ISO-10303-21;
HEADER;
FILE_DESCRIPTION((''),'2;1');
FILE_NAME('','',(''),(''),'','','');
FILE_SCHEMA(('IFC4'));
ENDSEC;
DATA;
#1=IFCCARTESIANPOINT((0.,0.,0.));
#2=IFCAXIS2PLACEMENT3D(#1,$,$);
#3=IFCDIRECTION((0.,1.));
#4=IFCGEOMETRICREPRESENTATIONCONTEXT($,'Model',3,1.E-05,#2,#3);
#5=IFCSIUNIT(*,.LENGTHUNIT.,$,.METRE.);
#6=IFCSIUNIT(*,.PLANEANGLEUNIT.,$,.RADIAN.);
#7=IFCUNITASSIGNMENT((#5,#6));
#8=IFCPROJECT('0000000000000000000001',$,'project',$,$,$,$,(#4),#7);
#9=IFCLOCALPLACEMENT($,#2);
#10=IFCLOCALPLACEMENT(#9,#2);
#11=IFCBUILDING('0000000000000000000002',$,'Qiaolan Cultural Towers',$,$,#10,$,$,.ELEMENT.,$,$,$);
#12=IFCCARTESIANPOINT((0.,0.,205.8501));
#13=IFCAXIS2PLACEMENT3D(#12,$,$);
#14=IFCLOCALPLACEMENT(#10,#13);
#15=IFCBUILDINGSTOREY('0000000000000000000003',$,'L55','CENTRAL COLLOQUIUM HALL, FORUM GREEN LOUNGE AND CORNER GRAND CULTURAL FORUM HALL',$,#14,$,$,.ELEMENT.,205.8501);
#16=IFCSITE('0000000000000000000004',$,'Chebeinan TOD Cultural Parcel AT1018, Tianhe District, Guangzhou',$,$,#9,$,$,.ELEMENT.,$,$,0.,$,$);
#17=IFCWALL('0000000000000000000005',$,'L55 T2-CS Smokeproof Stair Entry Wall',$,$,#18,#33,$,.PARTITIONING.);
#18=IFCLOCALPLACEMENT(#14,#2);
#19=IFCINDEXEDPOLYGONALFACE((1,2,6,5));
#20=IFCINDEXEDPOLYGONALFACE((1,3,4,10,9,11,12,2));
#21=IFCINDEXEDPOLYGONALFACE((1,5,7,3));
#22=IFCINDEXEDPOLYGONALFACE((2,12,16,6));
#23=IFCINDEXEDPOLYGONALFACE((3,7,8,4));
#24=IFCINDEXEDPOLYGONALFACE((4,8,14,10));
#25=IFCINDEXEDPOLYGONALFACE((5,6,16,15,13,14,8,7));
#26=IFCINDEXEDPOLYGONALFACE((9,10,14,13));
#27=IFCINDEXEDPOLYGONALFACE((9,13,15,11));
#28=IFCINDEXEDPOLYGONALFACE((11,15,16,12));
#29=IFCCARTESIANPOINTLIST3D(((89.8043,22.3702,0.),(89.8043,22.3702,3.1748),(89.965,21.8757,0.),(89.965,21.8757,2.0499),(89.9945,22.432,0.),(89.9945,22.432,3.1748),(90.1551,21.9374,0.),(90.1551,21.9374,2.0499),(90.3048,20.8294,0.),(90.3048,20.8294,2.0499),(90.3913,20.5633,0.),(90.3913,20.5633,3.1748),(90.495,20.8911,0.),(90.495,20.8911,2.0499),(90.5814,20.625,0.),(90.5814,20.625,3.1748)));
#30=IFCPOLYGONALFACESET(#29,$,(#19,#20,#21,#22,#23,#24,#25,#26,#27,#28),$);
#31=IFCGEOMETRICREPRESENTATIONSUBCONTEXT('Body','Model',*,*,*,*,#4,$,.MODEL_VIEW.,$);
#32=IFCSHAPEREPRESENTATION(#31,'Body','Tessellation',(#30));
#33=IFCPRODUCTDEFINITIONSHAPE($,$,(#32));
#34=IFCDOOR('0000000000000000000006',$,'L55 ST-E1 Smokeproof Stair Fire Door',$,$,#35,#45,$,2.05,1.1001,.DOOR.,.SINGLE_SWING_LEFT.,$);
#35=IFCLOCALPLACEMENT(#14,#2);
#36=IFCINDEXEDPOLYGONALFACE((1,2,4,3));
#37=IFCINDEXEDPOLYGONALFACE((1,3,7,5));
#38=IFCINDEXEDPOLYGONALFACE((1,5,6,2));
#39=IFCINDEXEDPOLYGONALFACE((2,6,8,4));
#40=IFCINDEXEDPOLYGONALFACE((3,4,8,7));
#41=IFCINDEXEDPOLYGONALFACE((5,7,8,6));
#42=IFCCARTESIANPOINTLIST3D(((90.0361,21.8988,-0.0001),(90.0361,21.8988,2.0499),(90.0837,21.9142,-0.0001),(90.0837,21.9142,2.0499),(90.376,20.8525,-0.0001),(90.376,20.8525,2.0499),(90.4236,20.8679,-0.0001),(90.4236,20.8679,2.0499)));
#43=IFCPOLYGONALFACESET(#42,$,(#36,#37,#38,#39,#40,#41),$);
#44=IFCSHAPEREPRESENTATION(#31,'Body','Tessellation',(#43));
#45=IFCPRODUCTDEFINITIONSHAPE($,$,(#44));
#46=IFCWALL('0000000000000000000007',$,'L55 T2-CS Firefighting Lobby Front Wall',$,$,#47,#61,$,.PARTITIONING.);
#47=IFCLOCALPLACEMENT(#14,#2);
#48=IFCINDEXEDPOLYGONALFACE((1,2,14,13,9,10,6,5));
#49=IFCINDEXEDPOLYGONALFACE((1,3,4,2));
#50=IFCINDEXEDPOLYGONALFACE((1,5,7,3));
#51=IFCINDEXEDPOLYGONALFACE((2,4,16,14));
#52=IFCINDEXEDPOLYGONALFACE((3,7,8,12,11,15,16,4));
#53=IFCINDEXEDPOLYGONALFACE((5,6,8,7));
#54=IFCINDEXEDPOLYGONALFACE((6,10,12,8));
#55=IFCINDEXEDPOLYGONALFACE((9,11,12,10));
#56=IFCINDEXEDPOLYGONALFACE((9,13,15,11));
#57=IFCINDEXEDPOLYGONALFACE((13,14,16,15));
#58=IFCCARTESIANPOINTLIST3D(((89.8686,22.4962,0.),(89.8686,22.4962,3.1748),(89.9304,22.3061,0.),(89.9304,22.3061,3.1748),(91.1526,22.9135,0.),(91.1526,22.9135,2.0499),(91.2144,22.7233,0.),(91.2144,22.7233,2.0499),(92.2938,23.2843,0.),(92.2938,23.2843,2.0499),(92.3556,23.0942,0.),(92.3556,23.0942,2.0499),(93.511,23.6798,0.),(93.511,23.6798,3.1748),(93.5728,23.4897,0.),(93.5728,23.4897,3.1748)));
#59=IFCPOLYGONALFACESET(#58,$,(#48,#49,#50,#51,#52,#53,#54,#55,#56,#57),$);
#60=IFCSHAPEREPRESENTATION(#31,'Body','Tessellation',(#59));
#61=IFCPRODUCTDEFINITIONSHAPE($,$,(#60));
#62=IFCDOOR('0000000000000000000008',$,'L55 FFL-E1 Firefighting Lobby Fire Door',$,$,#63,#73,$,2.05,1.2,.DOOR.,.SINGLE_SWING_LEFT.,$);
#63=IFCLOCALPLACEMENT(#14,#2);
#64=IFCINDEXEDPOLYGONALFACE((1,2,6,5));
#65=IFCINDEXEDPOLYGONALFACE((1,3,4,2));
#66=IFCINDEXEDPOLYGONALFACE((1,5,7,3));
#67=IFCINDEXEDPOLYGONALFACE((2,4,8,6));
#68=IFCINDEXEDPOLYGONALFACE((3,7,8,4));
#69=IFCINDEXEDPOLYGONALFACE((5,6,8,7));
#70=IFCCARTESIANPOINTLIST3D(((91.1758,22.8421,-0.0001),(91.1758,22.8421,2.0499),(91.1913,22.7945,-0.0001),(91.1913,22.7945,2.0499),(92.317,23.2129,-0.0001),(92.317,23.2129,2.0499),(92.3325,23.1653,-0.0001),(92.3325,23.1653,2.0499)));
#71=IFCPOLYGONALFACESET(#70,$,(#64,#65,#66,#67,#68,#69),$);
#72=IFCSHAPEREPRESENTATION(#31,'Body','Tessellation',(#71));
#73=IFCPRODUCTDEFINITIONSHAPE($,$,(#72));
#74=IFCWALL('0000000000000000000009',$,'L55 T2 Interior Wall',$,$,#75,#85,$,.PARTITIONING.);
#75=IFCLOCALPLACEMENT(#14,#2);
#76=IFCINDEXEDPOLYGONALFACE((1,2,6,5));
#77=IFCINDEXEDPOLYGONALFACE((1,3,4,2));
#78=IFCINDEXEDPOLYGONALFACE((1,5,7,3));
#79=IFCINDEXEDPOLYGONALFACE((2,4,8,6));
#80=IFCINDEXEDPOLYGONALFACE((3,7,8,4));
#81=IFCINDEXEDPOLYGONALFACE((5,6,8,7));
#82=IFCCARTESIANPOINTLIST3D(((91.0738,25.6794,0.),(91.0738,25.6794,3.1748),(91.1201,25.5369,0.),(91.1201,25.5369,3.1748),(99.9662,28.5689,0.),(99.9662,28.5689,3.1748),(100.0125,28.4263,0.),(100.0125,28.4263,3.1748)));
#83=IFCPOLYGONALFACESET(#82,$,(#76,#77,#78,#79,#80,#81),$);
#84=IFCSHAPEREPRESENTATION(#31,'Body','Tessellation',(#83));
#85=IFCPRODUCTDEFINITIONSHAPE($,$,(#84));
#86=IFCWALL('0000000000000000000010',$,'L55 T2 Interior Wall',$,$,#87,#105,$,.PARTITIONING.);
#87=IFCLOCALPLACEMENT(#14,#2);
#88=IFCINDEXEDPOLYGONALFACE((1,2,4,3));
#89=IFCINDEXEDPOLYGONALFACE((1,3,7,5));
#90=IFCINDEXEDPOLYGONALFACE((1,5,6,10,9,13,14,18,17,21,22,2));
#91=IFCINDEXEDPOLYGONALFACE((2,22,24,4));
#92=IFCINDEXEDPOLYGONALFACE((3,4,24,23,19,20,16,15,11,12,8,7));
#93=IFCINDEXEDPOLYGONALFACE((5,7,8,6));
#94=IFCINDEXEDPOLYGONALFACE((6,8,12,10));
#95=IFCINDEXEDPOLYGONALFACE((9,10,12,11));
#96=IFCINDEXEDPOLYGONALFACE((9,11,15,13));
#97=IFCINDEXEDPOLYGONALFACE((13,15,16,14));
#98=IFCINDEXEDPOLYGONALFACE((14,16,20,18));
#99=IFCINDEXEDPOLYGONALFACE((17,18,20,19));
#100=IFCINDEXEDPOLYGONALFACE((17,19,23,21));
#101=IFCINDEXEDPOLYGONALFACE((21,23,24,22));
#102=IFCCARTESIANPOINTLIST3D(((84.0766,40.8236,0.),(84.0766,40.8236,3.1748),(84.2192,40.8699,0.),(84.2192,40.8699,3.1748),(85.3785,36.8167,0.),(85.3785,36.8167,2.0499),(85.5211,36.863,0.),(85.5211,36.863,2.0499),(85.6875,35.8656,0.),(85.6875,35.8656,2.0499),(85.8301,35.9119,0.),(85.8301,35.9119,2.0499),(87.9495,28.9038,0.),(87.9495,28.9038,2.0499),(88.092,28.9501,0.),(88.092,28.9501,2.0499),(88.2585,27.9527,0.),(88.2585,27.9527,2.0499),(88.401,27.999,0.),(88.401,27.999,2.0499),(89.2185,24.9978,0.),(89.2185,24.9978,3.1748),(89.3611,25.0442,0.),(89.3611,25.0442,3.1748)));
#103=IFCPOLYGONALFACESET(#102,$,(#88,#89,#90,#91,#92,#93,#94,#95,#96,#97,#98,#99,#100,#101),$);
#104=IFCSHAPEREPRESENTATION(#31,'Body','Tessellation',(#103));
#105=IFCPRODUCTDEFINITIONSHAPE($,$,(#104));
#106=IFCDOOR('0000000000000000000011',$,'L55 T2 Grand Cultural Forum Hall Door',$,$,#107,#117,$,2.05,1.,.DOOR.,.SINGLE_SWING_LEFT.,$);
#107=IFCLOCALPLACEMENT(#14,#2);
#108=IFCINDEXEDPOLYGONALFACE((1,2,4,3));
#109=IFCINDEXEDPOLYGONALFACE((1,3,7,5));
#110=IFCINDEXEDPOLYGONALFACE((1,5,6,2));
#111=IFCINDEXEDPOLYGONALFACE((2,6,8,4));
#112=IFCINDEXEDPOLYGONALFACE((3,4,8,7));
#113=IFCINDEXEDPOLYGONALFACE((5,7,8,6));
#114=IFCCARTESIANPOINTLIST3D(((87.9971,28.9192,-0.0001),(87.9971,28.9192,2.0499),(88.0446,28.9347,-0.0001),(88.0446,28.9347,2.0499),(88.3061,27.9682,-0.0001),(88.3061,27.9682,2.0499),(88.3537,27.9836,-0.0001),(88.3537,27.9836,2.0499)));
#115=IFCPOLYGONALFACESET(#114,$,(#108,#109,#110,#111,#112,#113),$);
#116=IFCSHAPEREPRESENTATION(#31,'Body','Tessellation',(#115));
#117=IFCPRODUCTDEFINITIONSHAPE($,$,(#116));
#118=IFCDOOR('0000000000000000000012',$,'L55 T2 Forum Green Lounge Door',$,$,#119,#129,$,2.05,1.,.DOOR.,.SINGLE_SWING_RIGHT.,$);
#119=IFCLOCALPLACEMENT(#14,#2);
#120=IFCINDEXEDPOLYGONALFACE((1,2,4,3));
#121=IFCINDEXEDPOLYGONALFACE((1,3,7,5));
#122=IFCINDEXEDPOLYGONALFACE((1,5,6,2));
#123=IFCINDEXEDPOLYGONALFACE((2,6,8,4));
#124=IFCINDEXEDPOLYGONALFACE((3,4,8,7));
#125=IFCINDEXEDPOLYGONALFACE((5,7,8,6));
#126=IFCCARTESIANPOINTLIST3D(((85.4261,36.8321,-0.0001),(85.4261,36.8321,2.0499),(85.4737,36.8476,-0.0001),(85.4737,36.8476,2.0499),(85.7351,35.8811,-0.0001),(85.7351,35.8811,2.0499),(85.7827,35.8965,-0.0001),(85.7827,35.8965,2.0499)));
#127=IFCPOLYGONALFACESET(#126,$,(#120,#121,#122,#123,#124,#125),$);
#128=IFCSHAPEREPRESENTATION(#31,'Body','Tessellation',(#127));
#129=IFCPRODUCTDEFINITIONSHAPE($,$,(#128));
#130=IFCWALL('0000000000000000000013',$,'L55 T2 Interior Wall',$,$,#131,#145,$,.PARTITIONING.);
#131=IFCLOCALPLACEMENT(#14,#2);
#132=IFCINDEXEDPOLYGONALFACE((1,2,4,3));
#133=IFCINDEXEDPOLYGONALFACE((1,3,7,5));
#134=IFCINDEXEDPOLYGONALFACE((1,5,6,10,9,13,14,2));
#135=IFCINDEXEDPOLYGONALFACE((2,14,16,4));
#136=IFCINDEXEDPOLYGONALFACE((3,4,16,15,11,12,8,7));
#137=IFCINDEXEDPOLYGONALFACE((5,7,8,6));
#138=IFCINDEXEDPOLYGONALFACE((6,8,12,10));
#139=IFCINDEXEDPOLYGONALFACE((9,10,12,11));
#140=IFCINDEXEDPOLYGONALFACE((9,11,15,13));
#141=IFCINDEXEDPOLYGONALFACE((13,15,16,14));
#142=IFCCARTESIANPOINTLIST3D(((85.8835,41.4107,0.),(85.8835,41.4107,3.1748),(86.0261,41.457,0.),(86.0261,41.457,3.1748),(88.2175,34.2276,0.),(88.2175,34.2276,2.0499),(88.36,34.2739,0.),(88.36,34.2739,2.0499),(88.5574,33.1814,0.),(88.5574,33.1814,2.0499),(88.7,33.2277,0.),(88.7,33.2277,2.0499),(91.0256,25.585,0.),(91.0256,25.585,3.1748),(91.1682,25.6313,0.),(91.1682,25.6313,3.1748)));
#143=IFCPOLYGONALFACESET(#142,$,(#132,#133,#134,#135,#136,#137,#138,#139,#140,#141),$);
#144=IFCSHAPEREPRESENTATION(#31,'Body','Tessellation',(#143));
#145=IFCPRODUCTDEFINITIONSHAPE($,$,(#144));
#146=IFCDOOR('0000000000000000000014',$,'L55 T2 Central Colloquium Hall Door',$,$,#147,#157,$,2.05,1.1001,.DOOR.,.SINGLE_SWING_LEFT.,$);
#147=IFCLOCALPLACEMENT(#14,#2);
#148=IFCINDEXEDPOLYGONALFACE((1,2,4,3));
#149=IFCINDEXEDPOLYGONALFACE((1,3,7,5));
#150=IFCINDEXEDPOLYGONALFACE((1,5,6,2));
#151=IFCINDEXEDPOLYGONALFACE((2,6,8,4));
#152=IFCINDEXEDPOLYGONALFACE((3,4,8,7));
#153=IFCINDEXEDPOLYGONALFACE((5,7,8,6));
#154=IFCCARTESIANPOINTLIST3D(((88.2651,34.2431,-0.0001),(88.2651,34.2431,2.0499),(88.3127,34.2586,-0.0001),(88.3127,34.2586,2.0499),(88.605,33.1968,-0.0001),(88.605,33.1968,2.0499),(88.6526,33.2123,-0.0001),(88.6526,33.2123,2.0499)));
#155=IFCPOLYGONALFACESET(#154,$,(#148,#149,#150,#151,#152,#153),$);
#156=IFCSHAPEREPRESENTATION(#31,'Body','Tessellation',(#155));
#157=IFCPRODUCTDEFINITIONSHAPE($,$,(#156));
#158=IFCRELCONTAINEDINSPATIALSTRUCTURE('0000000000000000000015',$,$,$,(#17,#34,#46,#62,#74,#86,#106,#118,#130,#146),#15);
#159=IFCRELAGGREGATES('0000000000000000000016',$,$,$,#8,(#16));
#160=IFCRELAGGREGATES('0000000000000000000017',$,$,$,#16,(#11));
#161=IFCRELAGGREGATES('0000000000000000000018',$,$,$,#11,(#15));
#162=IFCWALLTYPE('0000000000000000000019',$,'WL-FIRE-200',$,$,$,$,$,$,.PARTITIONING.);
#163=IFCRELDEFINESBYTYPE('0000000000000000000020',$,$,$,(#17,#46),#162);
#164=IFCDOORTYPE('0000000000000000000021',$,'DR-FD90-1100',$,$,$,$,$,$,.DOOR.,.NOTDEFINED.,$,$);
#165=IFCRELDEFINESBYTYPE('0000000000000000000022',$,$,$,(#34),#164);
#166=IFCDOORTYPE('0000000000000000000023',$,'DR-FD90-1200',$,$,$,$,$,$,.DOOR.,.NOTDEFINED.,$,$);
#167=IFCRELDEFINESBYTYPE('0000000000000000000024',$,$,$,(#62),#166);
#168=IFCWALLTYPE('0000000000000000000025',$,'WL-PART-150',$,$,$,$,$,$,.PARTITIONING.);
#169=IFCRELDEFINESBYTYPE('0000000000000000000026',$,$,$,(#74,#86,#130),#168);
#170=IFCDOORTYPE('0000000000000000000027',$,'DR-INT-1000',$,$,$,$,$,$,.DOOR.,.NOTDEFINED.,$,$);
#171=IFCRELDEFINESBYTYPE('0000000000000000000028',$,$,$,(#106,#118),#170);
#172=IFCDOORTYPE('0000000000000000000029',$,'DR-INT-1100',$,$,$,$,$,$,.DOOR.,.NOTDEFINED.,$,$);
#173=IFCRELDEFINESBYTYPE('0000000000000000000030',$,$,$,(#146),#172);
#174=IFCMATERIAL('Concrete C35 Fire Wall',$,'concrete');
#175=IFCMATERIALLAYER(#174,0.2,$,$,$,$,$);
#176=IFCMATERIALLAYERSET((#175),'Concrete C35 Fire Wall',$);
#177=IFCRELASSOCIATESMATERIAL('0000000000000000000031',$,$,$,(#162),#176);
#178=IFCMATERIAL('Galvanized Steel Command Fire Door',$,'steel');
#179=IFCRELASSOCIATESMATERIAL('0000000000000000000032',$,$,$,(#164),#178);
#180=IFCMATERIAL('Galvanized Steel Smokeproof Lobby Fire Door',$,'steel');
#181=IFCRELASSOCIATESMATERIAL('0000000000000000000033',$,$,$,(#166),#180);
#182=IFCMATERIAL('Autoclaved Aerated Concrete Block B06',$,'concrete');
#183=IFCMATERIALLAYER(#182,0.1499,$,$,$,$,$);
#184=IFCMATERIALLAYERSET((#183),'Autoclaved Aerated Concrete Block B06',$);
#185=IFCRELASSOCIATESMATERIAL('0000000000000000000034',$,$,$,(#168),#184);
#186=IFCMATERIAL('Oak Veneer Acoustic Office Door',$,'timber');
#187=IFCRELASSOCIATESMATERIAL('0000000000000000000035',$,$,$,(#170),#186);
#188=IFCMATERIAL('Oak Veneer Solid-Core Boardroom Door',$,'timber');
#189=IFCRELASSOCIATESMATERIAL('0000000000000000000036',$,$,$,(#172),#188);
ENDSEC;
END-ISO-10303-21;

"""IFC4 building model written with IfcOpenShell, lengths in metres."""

from ifc_helpers import new_model, si_unit, direction, frame, frame_2d, origin, place, context, subcontext, project, spatial, rectangle, extrude, material, layer, layer_set, type_object, element, fill, save


model = new_model("IFC4")

# Units and contexts
model_context = context("Model", 3, precision=1e-05, world=origin(), true_north=direction((0.0, 1.0)))
body_context = subcontext(model_context, "Body", "Model", "MODEL_VIEW")
ifc_project = project(units=[si_unit("LENGTHUNIT", "METRE"), si_unit("PLANEANGLEUNIT", "RADIAN")], contexts=[model_context])

# Site, building, storey
site_placement = place(None, origin())
site = spatial("IfcSite", under=ifc_project, at=site_placement, Name="Chebeinan TOD Cultural Parcel AT1018, Tianhe District, Guangzhou", CompositionType="ELEMENT", RefElevation=0.0)
building_placement = place(site_placement, origin())
building = spatial("IfcBuilding", under=site, at=building_placement, Name="Qiaolan Cultural Towers", CompositionType="ELEMENT")
storey_placement = place(building_placement, frame((0.0, 0.0, 205.8501)))
storey = spatial("IfcBuildingStorey", under=building, at=storey_placement, Name="L55", Description="CENTRAL COLLOQUIUM HALL, FORUM GREEN LOUNGE AND CORNER GRAND CULTURAL FORUM HALL", CompositionType="ELEMENT", Elevation=205.8501)

# Walls, openings, doors
ifc_material_1 = material(Name="Concrete C35 Fire Wall", Category="concrete")
ifc_layer_1 = layer(ifc_material_1, 0.2)
ifc_layer_set_1 = layer_set([ifc_layer_1], Name="Concrete C35 Fire Wall")
wall_type_1 = type_object("IfcWallType", Name="WL-FIRE-200", PredefinedType="PARTITIONING", material=ifc_layer_set_1)
wall_1_placement = place(storey_placement, frame((89.8994, 22.4011, 0.0), z_axis=(0.0, 0.0, 1.0), x_axis=(0.308932, -0.951084, 0.0)))
wall_1 = element("IfcWall", 1, at=wall_1_placement, inside=storey, type_object=wall_type_1, Name="L55 T2-CS Smokeproof Stair Entry Wall", PredefinedType="PARTITIONING", context=body_context, shape_type="SweptSolid", body=[
    extrude(rectangle(XDim=1.8999, YDim=0.2, at=frame_2d((0.95, 0.0))), origin(), (0.0, 0.0, 1.0), 3.1748),
])
opening_1_placement = place(wall_1_placement, frame((0.52, 0.0, 0.0)))
opening_1 = element("IfcOpeningElement", 2, at=opening_1_placement, cuts=wall_1, PredefinedType="OPENING", context=body_context, shape_type="SweptSolid", body=[
    extrude(rectangle(XDim=1.1001, YDim=2.05, at=frame_2d((0.55, 1.0249))), frame((0.0, 0.1099, 0.0), z_axis=(0.0, -1.0, 0.0), x_axis=(1.0, 0.0, 0.0)), (0.0, 0.0, 1.0), 0.22),
])
ifc_material_2 = material(Name="Galvanized Steel Command Fire Door", Category="steel")
door_type_1 = type_object("IfcDoorType", Name="DR-FD90-1100", OperationType="NOTDEFINED", PredefinedType="DOOR", material=ifc_material_2)
door_1_placement = place(opening_1_placement, origin())
door_1 = element("IfcDoor", 3, at=door_1_placement, inside=storey, type_object=door_type_1, Name="L55 ST-E1 Smokeproof Stair Fire Door", OperationType="SINGLE_SWING_LEFT", OverallHeight=2.05, OverallWidth=1.1001, PredefinedType="DOOR", context=body_context, shape_type="SweptSolid", body=[
    extrude(rectangle(XDim=1.1001, YDim=2.05, at=frame_2d((0.55, 1.0249))), frame((0.0, 0.0249, 0.0), z_axis=(0.0, -1.0, 0.0), x_axis=(1.0, 0.0, 0.0)), (0.0, 0.0, 1.0), 0.05),
])
fill(opening_1, door_1)
wall_2_placement = place(storey_placement, frame((89.8994, 22.4011, 0.0), z_axis=(0.0, 0.0, 1.0), x_axis=(0.951047, 0.309047, 0.0)))
wall_2 = element("IfcWall", 4, at=wall_2_placement, inside=storey, type_object=wall_type_1, Name="L55 T2-CS Firefighting Lobby Front Wall", PredefinedType="PARTITIONING", context=body_context, shape_type="SweptSolid", body=[
    extrude(rectangle(XDim=3.8298, YDim=0.2, at=frame_2d((1.915, 0.0))), origin(), (0.0, 0.0, 1.0), 3.1748),
])
opening_2_placement = place(wall_2_placement, frame((1.3501, 0.0, 0.0)))
opening_2 = element("IfcOpeningElement", 5, at=opening_2_placement, cuts=wall_2, PredefinedType="OPENING", context=body_context, shape_type="SweptSolid", body=[
    extrude(rectangle(XDim=1.2, YDim=2.05, at=frame_2d((0.6001, 1.0249))), frame((0.0, 0.1099, 0.0), z_axis=(0.0, -1.0, 0.0), x_axis=(1.0, 0.0, 0.0)), (0.0, 0.0, 1.0), 0.22),
])
ifc_material_3 = material(Name="Galvanized Steel Smokeproof Lobby Fire Door", Category="steel")
door_type_2 = type_object("IfcDoorType", Name="DR-FD90-1200", OperationType="NOTDEFINED", PredefinedType="DOOR", material=ifc_material_3)
door_2_placement = place(opening_2_placement, origin())
door_2 = element("IfcDoor", 6, at=door_2_placement, inside=storey, type_object=door_type_2, Name="L55 FFL-E1 Firefighting Lobby Fire Door", OperationType="SINGLE_SWING_LEFT", OverallHeight=2.05, OverallWidth=1.2, PredefinedType="DOOR", context=body_context, shape_type="SweptSolid", body=[
    extrude(rectangle(XDim=1.2, YDim=2.05, at=frame_2d((0.6001, 1.0249))), frame((0.0, 0.0249, 0.0), z_axis=(0.0, -1.0, 0.0), x_axis=(1.0, 0.0, 0.0)), (0.0, 0.0, 1.0), 0.05),
])
fill(opening_2, door_2)

# Wall
ifc_material_4 = material(Name="Autoclaved Aerated Concrete Block B06", Category="concrete")
ifc_layer_2 = layer(ifc_material_4, 0.1499)
ifc_layer_set_2 = layer_set([ifc_layer_2], Name="Autoclaved Aerated Concrete Block B06")
wall_type_2 = type_object("IfcWallType", Name="WL-PART-150", PredefinedType="PARTITIONING", material=ifc_layer_set_2)
wall_3_placement = place(storey_placement, frame((91.0969, 25.6082, 0.0), z_axis=(0.0, 0.0, 1.0), x_axis=(0.951053, 0.309028, 0.0)))
element("IfcWall", 7, at=wall_3_placement, inside=storey, type_object=wall_type_2, Name="L55 T2 Interior Wall", PredefinedType="PARTITIONING", context=body_context, shape_type="SweptSolid", body=[
    extrude(rectangle(XDim=9.3501, YDim=0.1499, at=frame_2d((4.675, 0.0))), origin(), (0.0, 0.0, 1.0), 3.1748),
])

# Wall, openings, doors
wall_4_placement = place(storey_placement, frame((89.2898, 25.021, 0.0), z_axis=(0.0, 0.0, 1.0), x_axis=(-0.309004, 0.951061, 0.0)))
wall_4 = element("IfcWall", 8, at=wall_4_placement, inside=storey, type_object=wall_type_2, Name="L55 T2 Interior Wall", PredefinedType="PARTITIONING", context=body_context, shape_type="SweptSolid", body=[
    extrude(rectangle(XDim=16.6401, YDim=0.1499, at=frame_2d((8.3201, 0.0))), origin(), (0.0, 0.0, 1.0), 3.1748),
])
opening_3_placement = place(wall_4_placement, frame((3.1069, 0.0, 0.0)))
opening_3 = element("IfcOpeningElement", 9, at=opening_3_placement, cuts=wall_4, PredefinedType="OPENING", context=body_context, shape_type="SweptSolid", body=[
    extrude(rectangle(XDim=1.0, YDim=2.05, at=frame_2d((0.5, 1.0249))), frame((0.0, 0.085, 0.0), z_axis=(0.0, -1.0, 0.0), x_axis=(1.0, 0.0, 0.0)), (0.0, 0.0, 1.0), 0.1699),
])
opening_4_placement = place(wall_4_placement, frame((11.427, 0.0, 0.0)))
opening_4 = element("IfcOpeningElement", 10, at=opening_4_placement, cuts=wall_4, PredefinedType="OPENING", context=body_context, shape_type="SweptSolid", body=[
    extrude(rectangle(XDim=1.0, YDim=2.05, at=frame_2d((0.5, 1.0249))), frame((0.0, 0.085, 0.0), z_axis=(0.0, -1.0, 0.0), x_axis=(1.0, 0.0, 0.0)), (0.0, 0.0, 1.0), 0.1699),
])
ifc_material_5 = material(Name="Oak Veneer Acoustic Office Door", Category="timber")
door_type_3 = type_object("IfcDoorType", Name="DR-INT-1000", OperationType="NOTDEFINED", PredefinedType="DOOR", material=ifc_material_5)
door_3_placement = place(opening_3_placement, origin())
door_3 = element("IfcDoor", 11, at=door_3_placement, inside=storey, type_object=door_type_3, Name="L55 T2 Grand Cultural Forum Hall Door", OperationType="SINGLE_SWING_LEFT", OverallHeight=2.05, OverallWidth=1.0, PredefinedType="DOOR", context=body_context, shape_type="SweptSolid", body=[
    extrude(rectangle(XDim=1.0, YDim=2.05, at=frame_2d((0.5, 1.0249))), frame((0.0, 0.0249, 0.0), z_axis=(0.0, -1.0, 0.0), x_axis=(1.0, 0.0, 0.0)), (0.0, 0.0, 1.0), 0.05),
])
fill(opening_3, door_3)
door_4_placement = place(opening_4_placement, origin())
door_4 = element("IfcDoor", 12, at=door_4_placement, inside=storey, type_object=door_type_3, Name="L55 T2 Forum Green Lounge Door", OperationType="SINGLE_SWING_RIGHT", OverallHeight=2.05, OverallWidth=1.0, PredefinedType="DOOR", context=body_context, shape_type="SweptSolid", body=[
    extrude(rectangle(XDim=1.0, YDim=2.05, at=frame_2d((0.5, 1.0249))), frame((0.0, 0.0249, 0.0), z_axis=(0.0, -1.0, 0.0), x_axis=(1.0, 0.0, 0.0)), (0.0, 0.0, 1.0), 0.05),
])
fill(opening_4, door_4)

# Wall, opening, door
wall_5_placement = place(storey_placement, frame((91.0969, 25.6082, 0.0), z_axis=(0.0, 0.0, 1.0), x_axis=(-0.309018, 0.951056, 0.0)))
wall_5 = element("IfcWall", 13, at=wall_5_placement, inside=storey, type_object=wall_type_2, Name="L55 T2 Interior Wall", PredefinedType="PARTITIONING", context=body_context, shape_type="SweptSolid", body=[
    extrude(rectangle(XDim=16.6401, YDim=0.1499, at=frame_2d((8.3201, 0.0))), origin(), (0.0, 0.0, 1.0), 3.1748),
])
opening_5_placement = place(wall_5_placement, frame((7.9873, 0.0, 0.0)))
opening_5 = element("IfcOpeningElement", 14, at=opening_5_placement, cuts=wall_5, PredefinedType="OPENING", context=body_context, shape_type="SweptSolid", body=[
    extrude(rectangle(XDim=1.1001, YDim=2.05, at=frame_2d((0.55, 1.0249))), frame((0.0, 0.085, 0.0), z_axis=(0.0, -1.0, 0.0), x_axis=(1.0, 0.0, 0.0)), (0.0, 0.0, 1.0), 0.1699),
])
ifc_material_6 = material(Name="Oak Veneer Solid-Core Boardroom Door", Category="timber")
door_type_4 = type_object("IfcDoorType", Name="DR-INT-1100", OperationType="NOTDEFINED", PredefinedType="DOOR", material=ifc_material_6)
door_5_placement = place(opening_5_placement, origin())
door_5 = element("IfcDoor", 15, at=door_5_placement, inside=storey, type_object=door_type_4, Name="L55 T2 Central Colloquium Hall Door", OperationType="SINGLE_SWING_LEFT", OverallHeight=2.05, OverallWidth=1.1001, PredefinedType="DOOR", context=body_context, shape_type="SweptSolid", body=[
    extrude(rectangle(XDim=1.1001, YDim=2.05, at=frame_2d((0.55, 1.0249))), frame((0.0, 0.0249, 0.0), z_axis=(0.0, -1.0, 0.0), x_axis=(1.0, 0.0, 0.0)), (0.0, 0.0, 1.0), 0.05),
])
fill(opening_5, door_5)

save(model, "model.ifc")
